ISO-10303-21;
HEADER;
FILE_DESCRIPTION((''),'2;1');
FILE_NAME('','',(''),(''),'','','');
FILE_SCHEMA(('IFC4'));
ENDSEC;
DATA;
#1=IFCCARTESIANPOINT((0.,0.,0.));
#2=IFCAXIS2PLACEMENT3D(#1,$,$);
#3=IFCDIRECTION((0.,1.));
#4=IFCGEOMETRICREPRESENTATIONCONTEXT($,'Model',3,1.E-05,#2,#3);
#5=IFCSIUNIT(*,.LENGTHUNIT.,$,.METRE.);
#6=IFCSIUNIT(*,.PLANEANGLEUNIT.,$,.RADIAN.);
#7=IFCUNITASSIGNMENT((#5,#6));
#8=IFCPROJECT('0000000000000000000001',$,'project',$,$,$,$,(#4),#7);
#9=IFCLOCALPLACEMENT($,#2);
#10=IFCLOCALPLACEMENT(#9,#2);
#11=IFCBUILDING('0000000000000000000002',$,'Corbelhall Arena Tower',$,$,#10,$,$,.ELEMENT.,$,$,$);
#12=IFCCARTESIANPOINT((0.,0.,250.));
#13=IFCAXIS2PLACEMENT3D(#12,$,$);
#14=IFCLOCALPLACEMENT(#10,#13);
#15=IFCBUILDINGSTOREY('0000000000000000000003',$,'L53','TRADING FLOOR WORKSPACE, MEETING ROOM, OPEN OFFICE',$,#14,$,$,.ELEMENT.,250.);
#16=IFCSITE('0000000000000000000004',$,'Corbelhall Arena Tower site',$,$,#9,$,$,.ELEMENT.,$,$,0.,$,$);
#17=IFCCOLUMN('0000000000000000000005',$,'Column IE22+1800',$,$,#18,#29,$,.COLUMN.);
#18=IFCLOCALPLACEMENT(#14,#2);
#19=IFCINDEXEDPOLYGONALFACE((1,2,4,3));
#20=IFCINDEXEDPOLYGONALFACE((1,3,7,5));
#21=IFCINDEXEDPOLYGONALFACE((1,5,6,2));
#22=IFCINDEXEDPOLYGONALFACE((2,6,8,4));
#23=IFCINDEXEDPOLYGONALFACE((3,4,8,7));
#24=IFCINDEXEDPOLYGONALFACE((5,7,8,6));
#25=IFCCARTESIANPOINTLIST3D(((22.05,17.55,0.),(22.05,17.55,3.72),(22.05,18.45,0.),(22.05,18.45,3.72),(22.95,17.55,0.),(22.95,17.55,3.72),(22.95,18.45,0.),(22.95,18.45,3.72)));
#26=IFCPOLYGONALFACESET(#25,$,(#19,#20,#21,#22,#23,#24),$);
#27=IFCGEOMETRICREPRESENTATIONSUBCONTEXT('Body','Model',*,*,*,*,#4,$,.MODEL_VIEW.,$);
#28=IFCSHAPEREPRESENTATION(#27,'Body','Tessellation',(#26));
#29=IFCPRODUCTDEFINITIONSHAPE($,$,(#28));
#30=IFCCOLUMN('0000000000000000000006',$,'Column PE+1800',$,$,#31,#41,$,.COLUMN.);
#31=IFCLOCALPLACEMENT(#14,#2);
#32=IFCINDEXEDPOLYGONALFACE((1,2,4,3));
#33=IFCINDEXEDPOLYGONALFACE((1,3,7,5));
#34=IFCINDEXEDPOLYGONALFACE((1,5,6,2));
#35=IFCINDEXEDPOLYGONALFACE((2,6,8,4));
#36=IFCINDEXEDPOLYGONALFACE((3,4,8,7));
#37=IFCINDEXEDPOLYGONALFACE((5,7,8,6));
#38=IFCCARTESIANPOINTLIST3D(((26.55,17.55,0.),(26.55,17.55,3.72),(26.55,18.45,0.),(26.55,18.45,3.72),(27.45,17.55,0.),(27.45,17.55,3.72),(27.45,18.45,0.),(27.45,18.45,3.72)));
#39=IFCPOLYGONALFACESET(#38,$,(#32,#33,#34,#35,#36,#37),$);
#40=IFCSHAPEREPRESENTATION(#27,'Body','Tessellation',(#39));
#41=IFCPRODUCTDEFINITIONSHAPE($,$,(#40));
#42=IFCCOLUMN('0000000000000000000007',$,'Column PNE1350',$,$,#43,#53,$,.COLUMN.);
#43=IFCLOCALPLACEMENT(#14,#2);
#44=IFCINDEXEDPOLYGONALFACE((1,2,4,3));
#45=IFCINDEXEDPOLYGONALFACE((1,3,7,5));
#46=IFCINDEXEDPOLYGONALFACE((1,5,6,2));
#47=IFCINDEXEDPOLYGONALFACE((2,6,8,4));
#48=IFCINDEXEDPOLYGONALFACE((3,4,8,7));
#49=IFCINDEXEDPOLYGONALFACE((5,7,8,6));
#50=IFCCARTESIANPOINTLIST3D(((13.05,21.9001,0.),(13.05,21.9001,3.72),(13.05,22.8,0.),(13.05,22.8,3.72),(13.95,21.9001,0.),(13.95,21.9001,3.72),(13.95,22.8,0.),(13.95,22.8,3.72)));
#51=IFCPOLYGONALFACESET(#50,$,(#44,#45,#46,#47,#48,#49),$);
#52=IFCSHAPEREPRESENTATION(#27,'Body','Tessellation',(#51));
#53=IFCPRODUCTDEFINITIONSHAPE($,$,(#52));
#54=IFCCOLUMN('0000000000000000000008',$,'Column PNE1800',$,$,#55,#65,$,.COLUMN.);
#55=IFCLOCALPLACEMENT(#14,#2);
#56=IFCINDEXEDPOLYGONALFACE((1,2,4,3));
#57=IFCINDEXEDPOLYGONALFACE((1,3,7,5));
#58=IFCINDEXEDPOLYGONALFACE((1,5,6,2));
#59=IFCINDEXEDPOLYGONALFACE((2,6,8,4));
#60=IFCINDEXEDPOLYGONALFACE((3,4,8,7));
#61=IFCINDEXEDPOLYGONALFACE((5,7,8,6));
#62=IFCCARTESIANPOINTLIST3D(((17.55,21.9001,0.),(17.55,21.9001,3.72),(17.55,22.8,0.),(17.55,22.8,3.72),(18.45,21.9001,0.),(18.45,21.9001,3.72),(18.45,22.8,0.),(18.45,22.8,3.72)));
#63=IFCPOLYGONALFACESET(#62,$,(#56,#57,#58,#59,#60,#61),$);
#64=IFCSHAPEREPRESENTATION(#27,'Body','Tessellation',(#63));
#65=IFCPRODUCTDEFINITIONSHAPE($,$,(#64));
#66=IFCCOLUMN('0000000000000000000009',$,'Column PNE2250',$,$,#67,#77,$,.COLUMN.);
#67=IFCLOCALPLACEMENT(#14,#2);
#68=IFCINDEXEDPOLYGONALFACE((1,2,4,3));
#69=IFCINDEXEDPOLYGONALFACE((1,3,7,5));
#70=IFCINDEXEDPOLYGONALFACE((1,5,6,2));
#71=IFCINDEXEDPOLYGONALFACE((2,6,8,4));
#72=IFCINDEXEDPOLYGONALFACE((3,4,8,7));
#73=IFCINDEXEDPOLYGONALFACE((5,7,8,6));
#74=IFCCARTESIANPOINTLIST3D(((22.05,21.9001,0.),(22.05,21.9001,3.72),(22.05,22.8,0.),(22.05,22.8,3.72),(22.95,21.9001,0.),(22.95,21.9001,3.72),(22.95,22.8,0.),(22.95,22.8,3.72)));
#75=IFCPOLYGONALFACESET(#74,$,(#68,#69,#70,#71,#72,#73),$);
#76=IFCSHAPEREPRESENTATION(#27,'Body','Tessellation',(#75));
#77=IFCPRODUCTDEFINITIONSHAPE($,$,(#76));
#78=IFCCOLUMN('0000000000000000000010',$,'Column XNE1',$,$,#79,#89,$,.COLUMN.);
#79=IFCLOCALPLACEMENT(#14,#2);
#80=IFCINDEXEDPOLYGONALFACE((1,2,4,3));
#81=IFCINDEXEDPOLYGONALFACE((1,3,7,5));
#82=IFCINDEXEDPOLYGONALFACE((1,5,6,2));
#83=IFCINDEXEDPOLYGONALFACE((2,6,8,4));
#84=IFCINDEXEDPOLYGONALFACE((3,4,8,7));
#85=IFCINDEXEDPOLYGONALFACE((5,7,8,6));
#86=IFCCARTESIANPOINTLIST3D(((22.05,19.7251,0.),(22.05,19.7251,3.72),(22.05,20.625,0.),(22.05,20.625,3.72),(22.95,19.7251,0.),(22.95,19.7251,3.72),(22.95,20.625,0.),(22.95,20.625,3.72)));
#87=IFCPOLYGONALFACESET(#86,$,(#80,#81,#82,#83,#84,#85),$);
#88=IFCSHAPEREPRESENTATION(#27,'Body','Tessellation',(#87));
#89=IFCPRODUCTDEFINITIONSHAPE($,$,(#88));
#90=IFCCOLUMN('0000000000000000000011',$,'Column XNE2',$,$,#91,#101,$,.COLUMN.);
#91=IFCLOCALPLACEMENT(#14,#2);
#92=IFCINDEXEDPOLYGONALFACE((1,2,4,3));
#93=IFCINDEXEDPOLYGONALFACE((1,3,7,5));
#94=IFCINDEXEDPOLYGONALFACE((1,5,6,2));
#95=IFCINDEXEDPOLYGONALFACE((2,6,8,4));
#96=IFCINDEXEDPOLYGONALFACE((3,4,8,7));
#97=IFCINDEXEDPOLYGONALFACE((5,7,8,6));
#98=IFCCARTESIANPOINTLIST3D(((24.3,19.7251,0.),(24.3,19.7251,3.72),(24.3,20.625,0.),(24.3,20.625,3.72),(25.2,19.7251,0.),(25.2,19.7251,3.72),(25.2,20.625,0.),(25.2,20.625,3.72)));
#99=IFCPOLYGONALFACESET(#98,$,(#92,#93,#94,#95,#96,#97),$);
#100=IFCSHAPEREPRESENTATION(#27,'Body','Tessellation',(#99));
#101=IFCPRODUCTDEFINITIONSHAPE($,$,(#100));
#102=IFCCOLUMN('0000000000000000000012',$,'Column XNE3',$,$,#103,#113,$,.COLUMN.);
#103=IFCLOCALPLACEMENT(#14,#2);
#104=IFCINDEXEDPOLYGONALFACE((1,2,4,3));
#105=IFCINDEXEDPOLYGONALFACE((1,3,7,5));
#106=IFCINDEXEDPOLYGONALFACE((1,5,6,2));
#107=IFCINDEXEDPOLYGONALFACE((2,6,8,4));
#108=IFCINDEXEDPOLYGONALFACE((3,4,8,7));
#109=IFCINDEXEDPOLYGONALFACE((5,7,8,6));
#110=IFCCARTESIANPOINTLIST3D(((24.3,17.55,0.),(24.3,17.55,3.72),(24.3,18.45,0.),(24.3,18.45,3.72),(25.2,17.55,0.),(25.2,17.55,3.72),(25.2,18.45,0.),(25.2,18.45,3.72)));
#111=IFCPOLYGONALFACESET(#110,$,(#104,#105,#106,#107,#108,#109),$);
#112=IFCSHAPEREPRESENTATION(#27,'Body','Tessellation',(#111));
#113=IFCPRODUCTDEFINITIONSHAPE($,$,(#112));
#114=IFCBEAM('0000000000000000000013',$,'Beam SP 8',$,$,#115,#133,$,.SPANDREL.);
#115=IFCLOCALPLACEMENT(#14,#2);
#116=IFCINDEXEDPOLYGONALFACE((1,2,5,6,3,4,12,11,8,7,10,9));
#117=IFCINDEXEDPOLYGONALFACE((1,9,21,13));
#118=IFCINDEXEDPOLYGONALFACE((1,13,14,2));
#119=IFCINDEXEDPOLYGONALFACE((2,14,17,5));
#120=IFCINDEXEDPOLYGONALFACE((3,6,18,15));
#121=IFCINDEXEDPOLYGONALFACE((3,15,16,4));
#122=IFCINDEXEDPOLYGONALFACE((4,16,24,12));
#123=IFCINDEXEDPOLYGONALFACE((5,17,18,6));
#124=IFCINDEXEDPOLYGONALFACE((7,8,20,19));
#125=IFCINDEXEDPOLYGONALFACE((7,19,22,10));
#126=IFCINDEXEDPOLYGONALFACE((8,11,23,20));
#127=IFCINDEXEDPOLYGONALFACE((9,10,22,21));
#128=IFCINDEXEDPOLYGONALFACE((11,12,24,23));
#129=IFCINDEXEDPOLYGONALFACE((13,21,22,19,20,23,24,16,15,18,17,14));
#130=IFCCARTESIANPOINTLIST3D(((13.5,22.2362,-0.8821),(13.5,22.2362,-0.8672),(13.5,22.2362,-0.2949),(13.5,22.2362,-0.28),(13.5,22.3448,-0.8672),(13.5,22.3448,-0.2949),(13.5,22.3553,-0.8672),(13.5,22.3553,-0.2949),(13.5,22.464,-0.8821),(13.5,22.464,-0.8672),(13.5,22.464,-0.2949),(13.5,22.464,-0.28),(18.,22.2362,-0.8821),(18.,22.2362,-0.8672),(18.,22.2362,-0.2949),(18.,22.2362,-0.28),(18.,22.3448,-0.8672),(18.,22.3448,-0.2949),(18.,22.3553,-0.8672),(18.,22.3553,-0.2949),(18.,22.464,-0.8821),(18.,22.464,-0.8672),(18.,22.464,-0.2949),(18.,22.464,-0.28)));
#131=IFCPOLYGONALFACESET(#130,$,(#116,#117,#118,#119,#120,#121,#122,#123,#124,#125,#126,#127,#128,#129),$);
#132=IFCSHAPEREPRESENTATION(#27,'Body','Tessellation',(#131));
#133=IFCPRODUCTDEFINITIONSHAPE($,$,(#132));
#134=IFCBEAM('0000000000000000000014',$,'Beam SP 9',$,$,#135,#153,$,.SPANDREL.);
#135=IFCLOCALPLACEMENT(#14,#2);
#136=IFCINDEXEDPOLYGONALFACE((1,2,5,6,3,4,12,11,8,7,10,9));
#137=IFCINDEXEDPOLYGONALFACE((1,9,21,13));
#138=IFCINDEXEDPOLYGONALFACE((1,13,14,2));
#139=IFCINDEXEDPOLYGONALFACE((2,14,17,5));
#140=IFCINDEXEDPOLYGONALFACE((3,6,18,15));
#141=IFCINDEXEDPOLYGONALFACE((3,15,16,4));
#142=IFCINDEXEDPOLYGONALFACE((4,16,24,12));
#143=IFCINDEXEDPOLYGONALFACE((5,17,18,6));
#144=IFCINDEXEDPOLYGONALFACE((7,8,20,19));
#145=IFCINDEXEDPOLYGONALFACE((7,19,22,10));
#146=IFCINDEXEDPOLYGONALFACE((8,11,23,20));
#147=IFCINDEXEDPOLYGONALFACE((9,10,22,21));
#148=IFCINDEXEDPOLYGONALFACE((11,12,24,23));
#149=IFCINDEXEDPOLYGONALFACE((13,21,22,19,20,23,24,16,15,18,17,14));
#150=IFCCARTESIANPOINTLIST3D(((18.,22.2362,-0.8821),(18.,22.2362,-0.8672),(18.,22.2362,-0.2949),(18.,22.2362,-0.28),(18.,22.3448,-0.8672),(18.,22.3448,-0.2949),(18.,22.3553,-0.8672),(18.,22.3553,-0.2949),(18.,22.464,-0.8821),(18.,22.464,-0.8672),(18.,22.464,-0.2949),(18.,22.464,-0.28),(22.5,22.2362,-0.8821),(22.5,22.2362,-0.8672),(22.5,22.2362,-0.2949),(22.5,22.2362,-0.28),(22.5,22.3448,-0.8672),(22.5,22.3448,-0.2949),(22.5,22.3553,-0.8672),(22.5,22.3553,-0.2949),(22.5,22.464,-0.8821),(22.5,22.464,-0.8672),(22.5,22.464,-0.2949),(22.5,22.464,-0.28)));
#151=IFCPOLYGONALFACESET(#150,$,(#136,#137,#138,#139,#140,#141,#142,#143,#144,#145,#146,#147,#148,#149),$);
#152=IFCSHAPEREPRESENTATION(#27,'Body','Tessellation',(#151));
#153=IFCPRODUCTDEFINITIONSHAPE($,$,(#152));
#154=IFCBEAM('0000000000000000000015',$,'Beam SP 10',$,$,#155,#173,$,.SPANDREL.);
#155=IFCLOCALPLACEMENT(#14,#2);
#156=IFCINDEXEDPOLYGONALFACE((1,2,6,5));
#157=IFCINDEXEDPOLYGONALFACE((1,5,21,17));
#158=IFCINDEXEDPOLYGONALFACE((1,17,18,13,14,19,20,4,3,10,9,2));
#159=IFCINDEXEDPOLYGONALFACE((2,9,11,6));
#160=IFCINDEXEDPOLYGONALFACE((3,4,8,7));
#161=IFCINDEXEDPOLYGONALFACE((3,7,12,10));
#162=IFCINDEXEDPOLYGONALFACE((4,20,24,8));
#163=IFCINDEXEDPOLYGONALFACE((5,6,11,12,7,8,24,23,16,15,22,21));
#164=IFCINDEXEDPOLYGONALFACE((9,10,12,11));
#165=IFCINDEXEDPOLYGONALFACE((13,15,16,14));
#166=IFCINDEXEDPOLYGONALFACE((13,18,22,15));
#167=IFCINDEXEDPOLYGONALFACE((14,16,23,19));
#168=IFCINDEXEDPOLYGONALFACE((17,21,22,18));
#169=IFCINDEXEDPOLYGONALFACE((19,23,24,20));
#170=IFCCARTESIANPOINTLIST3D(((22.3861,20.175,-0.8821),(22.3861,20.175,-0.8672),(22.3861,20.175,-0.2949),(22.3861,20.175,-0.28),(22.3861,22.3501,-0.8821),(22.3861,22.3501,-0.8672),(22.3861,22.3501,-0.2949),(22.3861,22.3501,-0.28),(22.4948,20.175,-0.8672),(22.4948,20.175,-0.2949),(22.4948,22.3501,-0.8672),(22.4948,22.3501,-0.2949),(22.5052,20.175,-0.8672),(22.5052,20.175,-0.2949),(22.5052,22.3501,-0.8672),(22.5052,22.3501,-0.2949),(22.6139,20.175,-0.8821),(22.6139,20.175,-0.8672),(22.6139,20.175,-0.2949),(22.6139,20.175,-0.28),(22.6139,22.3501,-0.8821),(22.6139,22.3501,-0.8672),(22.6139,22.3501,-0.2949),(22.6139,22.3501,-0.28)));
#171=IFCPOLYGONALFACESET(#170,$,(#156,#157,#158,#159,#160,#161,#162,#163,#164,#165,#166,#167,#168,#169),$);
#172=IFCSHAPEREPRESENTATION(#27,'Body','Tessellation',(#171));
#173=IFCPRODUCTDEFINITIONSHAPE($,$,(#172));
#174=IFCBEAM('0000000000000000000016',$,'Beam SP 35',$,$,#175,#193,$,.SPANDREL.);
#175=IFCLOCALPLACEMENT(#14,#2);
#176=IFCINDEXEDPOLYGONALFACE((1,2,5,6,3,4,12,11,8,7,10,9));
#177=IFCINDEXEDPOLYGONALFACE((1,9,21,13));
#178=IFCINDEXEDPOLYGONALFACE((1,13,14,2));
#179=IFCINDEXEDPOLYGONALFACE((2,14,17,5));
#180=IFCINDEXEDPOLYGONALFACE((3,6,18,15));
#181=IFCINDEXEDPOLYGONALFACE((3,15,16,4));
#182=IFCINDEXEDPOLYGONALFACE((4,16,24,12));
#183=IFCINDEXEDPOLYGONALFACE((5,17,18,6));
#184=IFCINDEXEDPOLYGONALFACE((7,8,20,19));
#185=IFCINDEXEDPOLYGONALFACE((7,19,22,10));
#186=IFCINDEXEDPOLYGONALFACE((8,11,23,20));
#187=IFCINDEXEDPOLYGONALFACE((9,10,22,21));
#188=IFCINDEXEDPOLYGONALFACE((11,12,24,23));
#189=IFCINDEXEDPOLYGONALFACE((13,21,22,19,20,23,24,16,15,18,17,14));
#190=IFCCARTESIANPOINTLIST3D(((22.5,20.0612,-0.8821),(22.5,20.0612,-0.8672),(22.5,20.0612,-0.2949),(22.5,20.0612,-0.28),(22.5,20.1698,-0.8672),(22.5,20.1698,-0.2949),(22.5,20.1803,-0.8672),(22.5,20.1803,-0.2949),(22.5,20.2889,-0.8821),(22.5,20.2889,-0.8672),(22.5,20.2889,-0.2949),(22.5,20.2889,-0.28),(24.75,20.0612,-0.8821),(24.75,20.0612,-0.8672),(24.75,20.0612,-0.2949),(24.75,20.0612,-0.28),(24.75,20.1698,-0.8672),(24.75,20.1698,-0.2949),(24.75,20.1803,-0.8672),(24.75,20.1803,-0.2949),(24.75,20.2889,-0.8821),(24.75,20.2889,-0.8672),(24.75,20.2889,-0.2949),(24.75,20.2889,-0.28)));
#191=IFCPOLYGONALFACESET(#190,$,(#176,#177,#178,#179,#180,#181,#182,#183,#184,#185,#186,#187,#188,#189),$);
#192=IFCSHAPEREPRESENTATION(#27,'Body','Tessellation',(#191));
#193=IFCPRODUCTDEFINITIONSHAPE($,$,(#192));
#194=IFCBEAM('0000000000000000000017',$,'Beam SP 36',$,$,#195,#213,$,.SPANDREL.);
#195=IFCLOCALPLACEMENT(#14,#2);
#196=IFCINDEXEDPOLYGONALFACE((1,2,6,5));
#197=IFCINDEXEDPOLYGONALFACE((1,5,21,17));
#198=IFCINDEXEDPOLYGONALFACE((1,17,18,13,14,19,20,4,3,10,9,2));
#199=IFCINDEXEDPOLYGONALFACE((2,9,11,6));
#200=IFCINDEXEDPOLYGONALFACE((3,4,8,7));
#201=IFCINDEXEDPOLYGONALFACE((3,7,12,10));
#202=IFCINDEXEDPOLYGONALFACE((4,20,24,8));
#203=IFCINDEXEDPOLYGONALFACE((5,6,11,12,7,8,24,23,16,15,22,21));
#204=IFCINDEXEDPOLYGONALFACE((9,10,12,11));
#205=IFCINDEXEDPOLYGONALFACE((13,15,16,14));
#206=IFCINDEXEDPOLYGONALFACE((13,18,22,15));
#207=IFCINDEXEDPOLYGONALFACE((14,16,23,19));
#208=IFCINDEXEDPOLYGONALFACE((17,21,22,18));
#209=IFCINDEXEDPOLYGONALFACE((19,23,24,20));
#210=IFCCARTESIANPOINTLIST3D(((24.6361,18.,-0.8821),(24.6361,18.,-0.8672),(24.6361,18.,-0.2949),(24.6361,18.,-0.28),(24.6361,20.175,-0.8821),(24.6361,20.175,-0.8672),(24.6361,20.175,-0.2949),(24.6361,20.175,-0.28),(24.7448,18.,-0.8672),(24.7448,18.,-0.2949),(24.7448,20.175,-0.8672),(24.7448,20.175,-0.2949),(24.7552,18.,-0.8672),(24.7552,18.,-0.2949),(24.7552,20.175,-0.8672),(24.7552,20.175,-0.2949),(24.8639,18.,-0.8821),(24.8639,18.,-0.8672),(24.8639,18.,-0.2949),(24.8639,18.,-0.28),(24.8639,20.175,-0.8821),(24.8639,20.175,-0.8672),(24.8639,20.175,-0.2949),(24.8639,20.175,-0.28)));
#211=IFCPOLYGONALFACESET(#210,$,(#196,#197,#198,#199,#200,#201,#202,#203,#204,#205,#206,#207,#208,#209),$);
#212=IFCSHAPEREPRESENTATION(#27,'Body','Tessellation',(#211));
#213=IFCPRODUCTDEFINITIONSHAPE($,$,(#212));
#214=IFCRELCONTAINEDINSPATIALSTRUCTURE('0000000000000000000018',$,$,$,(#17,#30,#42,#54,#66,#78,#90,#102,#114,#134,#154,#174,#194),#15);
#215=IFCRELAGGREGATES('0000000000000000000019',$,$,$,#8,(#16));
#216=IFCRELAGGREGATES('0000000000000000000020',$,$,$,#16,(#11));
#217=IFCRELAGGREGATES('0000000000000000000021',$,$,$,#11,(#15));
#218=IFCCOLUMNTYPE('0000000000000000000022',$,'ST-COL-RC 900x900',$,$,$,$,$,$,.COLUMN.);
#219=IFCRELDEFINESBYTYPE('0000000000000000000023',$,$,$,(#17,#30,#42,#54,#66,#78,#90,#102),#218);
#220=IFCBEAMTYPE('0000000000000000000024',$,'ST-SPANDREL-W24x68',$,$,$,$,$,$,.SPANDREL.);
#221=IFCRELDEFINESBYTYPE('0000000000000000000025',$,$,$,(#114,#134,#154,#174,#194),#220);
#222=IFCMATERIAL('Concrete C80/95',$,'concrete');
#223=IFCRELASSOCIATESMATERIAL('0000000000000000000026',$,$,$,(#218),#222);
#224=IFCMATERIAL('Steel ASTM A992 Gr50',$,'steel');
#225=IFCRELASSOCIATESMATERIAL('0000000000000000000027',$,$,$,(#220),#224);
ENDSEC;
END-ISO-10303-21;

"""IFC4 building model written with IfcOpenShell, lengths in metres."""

from ifc_helpers import new_model, si_unit, direction, frame, origin, origin_2d, place, context, subcontext, project, spatial, rectangle, i_section, extrude, material, material_profile, profile_set, type_object, element, save


model = new_model("IFC4")

# Units and contexts
model_context = context("Model", 3, precision=1e-05, world=origin(), true_north=direction((0.0, 1.0)))
body_context = subcontext(model_context, "Body", "Model", "MODEL_VIEW")
ifc_project = project(units=[si_unit("LENGTHUNIT", "METRE"), si_unit("PLANEANGLEUNIT", "RADIAN")], contexts=[model_context])

# Site, building, storey
site_placement = place(None, origin())
site = spatial("IfcSite", under=ifc_project, at=site_placement, Name="Corbelhall Arena Tower site", CompositionType="ELEMENT", RefElevation=0.0)
building_placement = place(site_placement, origin())
building = spatial("IfcBuilding", under=site, at=building_placement, Name="Corbelhall Arena Tower", CompositionType="ELEMENT")
storey_placement = place(building_placement, frame((0.0, 0.0, 250.0)))
storey = spatial("IfcBuildingStorey", under=building, at=storey_placement, Name="L53", Description="TRADING FLOOR WORKSPACE, MEETING ROOM, OPEN OFFICE", CompositionType="ELEMENT", Elevation=250.0)

# Columns
ifc_material_1 = material(Name="Concrete C80/95", Category="concrete")
ifc_material_profile_1 = material_profile(ifc_material_1, rectangle(XDim=0.8999, YDim=0.8999, at=origin_2d()))
ifc_profile_set_1 = profile_set([ifc_material_profile_1], Name="Concrete C80/95")
column_type = type_object("IfcColumnType", Name="ST-COL-RC 900x900", PredefinedType="COLUMN", material=ifc_profile_set_1)
for number, where, z_axis, x_axis, name in (
    (1, (22.5, 18.0, 0.0), (0.0, 0.0, 1.0), (1.0, 0.0, 0.0), "Column IE22+1800"),
    (2, (27.0, 18.0, 0.0), (0.0, 0.0, 1.0), (0.0, 1.0, 0.0), "Column PE+1800"),
    (3, (13.5, 22.3501, 0.0), (0.0, 0.0, 1.0), (1.0, 0.0, 0.0), "Column PNE1350"),
    (4, (18.0, 22.3501, 0.0), (0.0, 0.0, 1.0), (1.0, 0.0, 0.0), "Column PNE1800"),
    (5, (22.5, 22.3501, 0.0), (0.0, 0.0, 1.0), (1.0, 0.0, 0.0), "Column PNE2250"),
    (6, (22.5, 20.175, 0.0), (0.0, 0.0, 1.0), (1.0, 0.0, 0.0), "Column XNE1"),
    (7, (24.75, 20.175, 0.0), (0.0, 0.0, 1.0), (1.0, 0.0, 0.0), "Column XNE2"),
    (8, (24.75, 18.0, 0.0), (0.0, 0.0, 1.0), (1.0, 0.0, 0.0), "Column XNE3"),
):
    element("IfcColumn", number, at=place(storey_placement, frame(where, z_axis=z_axis, x_axis=x_axis)), inside=storey, type_object=column_type, Name=name, PredefinedType="COLUMN", context=body_context, shape_type="SweptSolid", body=[
        extrude(rectangle(XDim=0.8999, YDim=0.8999, at=origin_2d()), origin(), (0.0, 0.0, 1.0), 3.72),
    ])

# Beams
ifc_material_2 = material(Name="Steel ASTM A992 Gr50", Category="steel")
ifc_material_profile_2 = material_profile(ifc_material_2, i_section(OverallWidth=0.2278, OverallDepth=0.6021, WebThickness=0.0105, FlangeThickness=0.0149, at=origin_2d()))
ifc_profile_set_2 = profile_set([ifc_material_profile_2], Name="Steel ASTM A992 Gr50")
beam_type_1 = type_object("IfcBeamType", Name="ST-SPANDREL-W24x68", PredefinedType="SPANDREL", material=ifc_profile_set_2)
for number, where, z_axis, x_axis, name in (
    (9, (13.5, 22.3501, -0.5811), (1.0, 0.0, 0.0), (0.0, 1.0, 0.0), "Beam SP 8"),
    (10, (18.0, 22.3501, -0.5811), (1.0, 0.0, 0.0), (0.0, 1.0, 0.0), "Beam SP 9"),
):
    element("IfcBeam", number, at=place(storey_placement, frame(where, z_axis=z_axis, x_axis=x_axis)), inside=storey, type_object=beam_type_1, Name=name, PredefinedType="SPANDREL", context=body_context, shape_type="SweptSolid", body=[
        extrude(i_section(OverallWidth=0.2278, OverallDepth=0.6021, WebThickness=0.0105, FlangeThickness=0.0149, at=origin_2d()), origin(), (0.0, 0.0, 1.0), 4.5),
    ])
beam_1_placement = place(storey_placement, frame((22.5, 22.3501, -0.5811), z_axis=(0.0, -1.0, 0.0), x_axis=(1.0, 0.0, 0.0)))
element("IfcBeam", 11, at=beam_1_placement, inside=storey, type_object=beam_type_1, Name="Beam SP 10", PredefinedType="SPANDREL", context=body_context, shape_type="SweptSolid", body=[
    extrude(i_section(OverallWidth=0.2278, OverallDepth=0.6021, WebThickness=0.0105, FlangeThickness=0.0149, at=origin_2d()), origin(), (0.0, 0.0, 1.0), 2.175),
])
beam_2_placement = place(storey_placement, frame((22.5, 20.175, -0.5811), z_axis=(1.0, 0.0, 0.0), x_axis=(0.0, 1.0, 0.0)))
element("IfcBeam", 12, at=beam_2_placement, inside=storey, type_object=beam_type_1, Name="Beam SP 35", PredefinedType="SPANDREL", context=body_context, shape_type="SweptSolid", body=[
    extrude(i_section(OverallWidth=0.2278, OverallDepth=0.6021, WebThickness=0.0105, FlangeThickness=0.0149, at=origin_2d()), origin(), (0.0, 0.0, 1.0), 2.25),
])
beam_3_placement = place(storey_placement, frame((24.75, 20.175, -0.5811), z_axis=(0.0, -1.0, 0.0), x_axis=(1.0, 0.0, 0.0)))
element("IfcBeam", 13, at=beam_3_placement, inside=storey, type_object=beam_type_1, Name="Beam SP 36", PredefinedType="SPANDREL", context=body_context, shape_type="SweptSolid", body=[
    extrude(i_section(OverallWidth=0.2278, OverallDepth=0.6021, WebThickness=0.0105, FlangeThickness=0.0149, at=origin_2d()), origin(), (0.0, 0.0, 1.0), 2.175),
])

save(model, "model.ifc")
